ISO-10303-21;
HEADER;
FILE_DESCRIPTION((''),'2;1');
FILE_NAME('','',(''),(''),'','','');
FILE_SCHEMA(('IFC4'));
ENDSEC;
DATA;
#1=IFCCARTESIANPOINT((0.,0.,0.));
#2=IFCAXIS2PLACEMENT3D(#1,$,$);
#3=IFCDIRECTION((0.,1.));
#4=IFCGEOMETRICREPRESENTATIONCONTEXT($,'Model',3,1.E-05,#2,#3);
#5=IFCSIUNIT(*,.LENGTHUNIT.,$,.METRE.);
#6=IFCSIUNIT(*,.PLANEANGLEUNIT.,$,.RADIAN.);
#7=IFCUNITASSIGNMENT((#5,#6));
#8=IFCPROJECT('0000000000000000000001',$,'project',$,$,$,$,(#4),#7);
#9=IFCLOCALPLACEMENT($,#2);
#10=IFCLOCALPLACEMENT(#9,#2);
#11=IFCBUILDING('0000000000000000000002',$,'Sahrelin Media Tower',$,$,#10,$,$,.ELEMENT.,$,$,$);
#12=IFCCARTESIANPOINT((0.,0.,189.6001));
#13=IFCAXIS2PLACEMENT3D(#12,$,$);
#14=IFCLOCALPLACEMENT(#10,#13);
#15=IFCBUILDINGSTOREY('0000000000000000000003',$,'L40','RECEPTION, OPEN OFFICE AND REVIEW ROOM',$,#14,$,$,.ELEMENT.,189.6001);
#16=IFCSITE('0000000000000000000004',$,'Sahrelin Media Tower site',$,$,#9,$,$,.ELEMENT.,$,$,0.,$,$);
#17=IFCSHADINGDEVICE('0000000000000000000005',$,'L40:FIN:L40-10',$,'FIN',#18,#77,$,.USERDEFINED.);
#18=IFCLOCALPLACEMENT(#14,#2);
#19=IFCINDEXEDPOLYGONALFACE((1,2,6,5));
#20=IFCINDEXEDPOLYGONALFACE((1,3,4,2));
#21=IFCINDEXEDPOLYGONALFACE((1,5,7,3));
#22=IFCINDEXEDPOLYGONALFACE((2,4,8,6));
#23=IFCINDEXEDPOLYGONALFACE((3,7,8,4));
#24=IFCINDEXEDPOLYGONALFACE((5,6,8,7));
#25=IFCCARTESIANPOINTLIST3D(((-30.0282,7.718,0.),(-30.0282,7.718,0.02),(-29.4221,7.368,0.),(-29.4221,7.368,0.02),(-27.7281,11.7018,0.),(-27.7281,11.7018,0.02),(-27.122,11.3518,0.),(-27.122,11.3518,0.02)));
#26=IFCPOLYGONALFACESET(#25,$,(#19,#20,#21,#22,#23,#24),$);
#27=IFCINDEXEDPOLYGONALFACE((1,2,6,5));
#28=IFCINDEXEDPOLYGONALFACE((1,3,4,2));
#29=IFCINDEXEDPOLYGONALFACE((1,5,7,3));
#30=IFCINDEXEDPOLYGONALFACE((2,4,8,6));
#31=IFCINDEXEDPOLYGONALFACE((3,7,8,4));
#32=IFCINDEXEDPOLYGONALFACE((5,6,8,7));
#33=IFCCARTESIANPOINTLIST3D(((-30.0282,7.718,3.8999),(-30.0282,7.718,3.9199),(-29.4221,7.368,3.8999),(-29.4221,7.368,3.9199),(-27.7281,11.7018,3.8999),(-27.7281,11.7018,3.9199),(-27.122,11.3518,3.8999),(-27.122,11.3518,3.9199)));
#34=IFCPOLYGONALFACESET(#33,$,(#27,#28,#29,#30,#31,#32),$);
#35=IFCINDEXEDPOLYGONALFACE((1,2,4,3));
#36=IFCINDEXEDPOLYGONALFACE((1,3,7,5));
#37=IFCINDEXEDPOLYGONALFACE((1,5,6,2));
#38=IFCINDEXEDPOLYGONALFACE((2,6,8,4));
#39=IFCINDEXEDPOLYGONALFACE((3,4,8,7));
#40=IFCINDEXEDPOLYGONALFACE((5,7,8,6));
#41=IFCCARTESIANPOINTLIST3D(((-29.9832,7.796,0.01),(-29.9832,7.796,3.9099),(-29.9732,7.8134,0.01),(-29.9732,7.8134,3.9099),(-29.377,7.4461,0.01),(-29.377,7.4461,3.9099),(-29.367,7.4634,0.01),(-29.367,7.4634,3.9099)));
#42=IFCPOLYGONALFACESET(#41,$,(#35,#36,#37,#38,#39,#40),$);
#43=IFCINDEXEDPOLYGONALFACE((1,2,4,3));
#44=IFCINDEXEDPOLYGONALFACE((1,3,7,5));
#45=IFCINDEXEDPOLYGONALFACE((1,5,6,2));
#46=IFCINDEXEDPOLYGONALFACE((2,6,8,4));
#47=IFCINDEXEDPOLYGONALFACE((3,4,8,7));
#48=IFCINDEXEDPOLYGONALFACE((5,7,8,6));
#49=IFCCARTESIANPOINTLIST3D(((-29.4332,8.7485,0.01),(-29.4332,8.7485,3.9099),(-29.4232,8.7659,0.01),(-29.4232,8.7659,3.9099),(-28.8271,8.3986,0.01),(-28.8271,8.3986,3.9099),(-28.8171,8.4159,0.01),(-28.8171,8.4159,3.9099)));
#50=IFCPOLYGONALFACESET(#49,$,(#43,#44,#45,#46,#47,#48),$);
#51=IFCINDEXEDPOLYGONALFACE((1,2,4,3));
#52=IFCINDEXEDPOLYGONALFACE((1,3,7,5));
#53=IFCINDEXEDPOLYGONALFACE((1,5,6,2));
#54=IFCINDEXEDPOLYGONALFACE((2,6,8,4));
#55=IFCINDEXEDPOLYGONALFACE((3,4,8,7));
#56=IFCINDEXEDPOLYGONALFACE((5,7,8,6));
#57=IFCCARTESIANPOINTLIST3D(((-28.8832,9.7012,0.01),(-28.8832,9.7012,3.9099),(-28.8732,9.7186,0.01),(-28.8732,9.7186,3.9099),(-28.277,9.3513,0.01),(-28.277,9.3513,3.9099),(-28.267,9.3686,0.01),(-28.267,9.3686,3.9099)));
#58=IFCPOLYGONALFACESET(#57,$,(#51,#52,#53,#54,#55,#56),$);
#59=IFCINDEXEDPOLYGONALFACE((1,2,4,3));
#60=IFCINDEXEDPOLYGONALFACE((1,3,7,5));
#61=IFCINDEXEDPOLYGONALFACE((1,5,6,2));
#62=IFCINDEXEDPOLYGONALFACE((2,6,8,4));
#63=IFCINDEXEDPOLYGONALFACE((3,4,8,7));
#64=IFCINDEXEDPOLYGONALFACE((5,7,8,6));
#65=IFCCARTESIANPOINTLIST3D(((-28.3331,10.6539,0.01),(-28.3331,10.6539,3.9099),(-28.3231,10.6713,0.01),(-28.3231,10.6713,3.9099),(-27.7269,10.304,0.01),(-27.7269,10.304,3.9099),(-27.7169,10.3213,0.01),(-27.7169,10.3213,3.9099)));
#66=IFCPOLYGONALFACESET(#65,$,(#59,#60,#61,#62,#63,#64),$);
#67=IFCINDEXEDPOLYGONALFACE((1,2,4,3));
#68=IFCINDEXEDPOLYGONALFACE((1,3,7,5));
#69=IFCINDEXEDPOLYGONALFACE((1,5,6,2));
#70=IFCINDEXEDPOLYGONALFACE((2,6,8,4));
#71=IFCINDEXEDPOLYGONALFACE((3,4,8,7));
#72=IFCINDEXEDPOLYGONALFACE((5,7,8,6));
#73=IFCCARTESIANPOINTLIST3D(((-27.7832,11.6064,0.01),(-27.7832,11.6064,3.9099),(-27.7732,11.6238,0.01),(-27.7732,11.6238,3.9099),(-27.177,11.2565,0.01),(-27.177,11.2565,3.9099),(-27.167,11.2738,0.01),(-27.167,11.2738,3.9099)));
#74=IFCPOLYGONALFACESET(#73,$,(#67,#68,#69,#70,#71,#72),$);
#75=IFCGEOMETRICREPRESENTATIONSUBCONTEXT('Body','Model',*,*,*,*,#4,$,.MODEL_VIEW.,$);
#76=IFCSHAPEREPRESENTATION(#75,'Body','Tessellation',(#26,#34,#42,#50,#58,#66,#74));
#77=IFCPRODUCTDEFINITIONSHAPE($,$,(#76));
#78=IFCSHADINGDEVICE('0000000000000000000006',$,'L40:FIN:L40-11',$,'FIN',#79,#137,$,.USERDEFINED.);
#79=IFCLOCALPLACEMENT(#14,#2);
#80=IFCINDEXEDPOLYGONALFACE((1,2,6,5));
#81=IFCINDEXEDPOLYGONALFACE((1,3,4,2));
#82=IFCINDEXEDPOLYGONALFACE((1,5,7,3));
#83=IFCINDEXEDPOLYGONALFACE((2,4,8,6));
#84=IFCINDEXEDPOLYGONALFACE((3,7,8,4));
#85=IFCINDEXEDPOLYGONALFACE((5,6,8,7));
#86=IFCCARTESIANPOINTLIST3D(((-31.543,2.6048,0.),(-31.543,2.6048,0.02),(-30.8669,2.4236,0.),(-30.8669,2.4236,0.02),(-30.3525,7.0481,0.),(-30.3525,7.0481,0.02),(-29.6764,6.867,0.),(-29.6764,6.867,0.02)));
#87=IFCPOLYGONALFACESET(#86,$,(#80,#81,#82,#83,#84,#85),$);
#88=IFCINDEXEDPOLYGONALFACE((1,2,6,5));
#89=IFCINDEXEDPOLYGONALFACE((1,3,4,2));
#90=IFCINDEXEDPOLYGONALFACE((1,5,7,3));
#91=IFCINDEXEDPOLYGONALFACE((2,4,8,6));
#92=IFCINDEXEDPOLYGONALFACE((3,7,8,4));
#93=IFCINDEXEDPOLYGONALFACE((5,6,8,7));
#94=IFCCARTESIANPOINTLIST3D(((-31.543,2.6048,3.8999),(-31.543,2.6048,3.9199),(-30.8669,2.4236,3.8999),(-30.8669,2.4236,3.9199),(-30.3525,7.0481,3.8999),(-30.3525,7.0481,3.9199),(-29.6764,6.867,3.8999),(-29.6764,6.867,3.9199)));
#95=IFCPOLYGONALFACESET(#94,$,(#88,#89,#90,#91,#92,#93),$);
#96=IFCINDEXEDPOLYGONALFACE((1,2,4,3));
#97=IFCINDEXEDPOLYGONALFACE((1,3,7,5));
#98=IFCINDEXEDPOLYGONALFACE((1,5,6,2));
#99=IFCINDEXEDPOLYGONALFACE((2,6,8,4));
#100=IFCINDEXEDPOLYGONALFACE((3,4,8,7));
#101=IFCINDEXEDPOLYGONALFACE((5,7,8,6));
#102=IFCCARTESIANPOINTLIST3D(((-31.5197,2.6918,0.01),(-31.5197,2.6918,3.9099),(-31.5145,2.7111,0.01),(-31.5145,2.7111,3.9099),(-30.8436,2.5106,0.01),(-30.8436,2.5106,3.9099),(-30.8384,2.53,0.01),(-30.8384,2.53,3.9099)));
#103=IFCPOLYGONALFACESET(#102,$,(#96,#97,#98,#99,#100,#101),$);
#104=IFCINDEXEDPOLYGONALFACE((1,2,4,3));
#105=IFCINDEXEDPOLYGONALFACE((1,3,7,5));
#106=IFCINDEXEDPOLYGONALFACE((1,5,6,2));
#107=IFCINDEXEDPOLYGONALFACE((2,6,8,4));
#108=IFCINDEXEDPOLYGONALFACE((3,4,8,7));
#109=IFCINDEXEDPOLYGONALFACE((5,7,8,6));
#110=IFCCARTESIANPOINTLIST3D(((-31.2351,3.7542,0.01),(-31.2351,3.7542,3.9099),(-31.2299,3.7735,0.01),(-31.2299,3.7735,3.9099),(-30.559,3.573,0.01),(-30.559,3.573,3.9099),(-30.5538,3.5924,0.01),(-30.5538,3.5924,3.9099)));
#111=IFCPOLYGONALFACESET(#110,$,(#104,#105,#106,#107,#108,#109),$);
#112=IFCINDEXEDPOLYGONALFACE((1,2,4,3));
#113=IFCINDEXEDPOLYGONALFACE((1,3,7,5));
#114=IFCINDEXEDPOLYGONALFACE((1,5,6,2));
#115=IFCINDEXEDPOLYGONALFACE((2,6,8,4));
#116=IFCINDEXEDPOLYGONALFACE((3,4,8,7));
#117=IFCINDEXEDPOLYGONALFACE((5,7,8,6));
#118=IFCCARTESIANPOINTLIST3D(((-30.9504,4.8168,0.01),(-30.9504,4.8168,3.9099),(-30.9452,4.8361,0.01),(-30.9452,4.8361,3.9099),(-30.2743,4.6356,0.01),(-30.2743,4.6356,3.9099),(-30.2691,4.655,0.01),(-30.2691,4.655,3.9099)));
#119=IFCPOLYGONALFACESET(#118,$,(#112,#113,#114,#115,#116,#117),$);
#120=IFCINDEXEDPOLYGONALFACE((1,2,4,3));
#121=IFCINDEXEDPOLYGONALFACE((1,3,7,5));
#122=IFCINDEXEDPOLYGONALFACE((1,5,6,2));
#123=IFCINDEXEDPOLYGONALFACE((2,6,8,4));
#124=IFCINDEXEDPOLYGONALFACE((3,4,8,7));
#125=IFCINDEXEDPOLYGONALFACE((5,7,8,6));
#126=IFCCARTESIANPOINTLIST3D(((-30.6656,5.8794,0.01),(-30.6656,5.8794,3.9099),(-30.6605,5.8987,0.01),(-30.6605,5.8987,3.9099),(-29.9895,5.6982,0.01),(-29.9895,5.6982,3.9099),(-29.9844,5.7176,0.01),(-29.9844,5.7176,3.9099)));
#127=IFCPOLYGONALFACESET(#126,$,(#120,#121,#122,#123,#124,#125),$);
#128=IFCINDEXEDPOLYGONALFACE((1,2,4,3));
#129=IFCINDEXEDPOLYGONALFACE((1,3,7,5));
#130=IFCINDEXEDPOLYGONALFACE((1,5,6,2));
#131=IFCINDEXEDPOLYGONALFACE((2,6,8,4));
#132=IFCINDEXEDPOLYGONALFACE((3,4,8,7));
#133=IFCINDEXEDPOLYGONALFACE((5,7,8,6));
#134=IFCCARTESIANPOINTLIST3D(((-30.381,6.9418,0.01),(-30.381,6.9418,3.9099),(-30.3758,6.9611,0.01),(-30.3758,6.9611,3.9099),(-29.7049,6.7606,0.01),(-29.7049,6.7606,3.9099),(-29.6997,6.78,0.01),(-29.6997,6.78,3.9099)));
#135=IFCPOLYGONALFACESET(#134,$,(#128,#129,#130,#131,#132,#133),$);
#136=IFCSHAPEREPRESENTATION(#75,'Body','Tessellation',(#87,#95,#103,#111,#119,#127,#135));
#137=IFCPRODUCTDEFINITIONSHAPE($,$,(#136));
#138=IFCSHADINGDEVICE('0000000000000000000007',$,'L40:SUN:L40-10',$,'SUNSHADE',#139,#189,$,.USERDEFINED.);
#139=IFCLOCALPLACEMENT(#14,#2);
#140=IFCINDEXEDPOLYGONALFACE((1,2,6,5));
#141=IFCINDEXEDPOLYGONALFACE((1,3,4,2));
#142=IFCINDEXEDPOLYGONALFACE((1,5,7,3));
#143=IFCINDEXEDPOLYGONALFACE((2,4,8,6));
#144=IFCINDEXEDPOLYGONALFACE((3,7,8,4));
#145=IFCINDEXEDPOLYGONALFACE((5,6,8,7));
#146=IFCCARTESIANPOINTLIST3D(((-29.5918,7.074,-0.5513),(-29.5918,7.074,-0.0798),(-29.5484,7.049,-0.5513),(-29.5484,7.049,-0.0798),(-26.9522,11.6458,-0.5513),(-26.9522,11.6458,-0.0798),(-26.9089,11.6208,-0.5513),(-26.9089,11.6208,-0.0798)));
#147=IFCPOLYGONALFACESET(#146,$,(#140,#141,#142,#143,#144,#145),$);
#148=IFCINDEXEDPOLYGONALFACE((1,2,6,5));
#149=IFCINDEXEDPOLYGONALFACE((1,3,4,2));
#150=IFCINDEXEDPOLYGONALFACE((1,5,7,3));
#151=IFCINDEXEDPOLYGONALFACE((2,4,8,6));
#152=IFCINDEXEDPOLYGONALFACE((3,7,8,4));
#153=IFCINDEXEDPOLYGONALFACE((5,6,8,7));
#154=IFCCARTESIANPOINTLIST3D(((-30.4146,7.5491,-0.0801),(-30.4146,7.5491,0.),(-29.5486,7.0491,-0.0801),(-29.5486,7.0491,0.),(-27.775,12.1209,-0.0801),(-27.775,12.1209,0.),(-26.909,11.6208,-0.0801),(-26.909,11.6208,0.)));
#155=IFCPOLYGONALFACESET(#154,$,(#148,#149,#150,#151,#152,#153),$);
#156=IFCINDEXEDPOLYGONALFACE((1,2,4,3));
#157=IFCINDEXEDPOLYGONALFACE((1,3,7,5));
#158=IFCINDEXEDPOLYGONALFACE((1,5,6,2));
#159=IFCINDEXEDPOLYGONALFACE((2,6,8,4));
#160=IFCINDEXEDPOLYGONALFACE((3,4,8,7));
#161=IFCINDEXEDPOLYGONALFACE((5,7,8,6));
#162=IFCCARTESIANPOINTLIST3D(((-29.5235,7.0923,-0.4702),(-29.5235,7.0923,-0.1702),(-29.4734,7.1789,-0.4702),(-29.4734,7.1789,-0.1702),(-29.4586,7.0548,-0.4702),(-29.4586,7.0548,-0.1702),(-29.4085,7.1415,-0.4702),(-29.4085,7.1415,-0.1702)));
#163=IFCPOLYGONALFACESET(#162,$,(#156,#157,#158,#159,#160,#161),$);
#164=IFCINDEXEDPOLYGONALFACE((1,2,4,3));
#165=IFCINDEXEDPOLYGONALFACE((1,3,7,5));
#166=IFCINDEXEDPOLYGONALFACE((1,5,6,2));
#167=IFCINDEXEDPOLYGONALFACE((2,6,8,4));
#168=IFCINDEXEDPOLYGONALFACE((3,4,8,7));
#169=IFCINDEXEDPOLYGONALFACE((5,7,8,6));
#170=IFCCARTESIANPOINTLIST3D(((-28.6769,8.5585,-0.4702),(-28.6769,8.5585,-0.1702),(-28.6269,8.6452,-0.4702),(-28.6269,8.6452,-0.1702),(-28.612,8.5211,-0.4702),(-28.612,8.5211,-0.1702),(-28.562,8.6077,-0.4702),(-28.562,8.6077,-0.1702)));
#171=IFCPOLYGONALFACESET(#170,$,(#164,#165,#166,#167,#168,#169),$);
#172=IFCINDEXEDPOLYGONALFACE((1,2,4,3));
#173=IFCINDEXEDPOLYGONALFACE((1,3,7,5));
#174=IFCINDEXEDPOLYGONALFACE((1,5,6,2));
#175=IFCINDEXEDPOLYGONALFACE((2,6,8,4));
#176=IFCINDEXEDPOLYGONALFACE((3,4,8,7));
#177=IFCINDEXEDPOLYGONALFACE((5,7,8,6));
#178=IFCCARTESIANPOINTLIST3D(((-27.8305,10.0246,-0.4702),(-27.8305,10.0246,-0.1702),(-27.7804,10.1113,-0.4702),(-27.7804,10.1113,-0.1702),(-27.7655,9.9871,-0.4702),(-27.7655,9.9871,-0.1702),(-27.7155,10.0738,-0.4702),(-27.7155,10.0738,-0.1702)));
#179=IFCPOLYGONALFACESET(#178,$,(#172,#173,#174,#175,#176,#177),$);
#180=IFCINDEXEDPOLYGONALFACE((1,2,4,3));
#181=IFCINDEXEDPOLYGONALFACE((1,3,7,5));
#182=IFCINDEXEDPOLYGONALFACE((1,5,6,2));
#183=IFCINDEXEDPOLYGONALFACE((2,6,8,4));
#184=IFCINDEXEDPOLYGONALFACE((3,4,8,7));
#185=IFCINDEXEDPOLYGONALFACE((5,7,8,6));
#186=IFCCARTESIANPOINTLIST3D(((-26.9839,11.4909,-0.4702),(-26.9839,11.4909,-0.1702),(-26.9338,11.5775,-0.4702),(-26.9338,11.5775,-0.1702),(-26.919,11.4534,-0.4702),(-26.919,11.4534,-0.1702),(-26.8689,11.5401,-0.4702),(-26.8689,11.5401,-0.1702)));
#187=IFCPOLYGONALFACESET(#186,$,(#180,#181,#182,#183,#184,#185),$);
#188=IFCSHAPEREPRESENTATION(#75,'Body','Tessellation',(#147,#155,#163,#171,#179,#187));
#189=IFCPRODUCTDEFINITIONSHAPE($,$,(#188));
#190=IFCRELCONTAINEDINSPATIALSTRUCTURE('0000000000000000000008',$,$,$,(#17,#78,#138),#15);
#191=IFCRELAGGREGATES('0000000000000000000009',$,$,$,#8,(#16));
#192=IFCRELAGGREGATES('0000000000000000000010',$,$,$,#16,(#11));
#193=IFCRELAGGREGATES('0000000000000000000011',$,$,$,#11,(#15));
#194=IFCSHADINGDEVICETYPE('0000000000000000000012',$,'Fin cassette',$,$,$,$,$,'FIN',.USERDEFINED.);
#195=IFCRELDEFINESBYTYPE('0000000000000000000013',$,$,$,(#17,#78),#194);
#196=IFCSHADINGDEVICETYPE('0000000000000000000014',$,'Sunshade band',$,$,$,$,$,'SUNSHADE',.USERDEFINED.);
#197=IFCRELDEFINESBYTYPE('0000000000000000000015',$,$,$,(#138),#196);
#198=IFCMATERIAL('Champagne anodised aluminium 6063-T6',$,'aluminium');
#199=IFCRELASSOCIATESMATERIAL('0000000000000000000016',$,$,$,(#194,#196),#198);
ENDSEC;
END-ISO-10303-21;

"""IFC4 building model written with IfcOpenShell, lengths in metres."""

from ifc_helpers import new_model, si_unit, direction, frame, origin, origin_2d, place, context, subcontext, project, spatial, rectangle, extrude, material, type_object, element, save


model = new_model("IFC4")

# Units and contexts
model_context = context("Model", 3, precision=1e-05, world=origin(), true_north=direction((0.0, 1.0)))
body_context = subcontext(model_context, "Body", "Model", "MODEL_VIEW")
ifc_project = project(units=[si_unit("LENGTHUNIT", "METRE"), si_unit("PLANEANGLEUNIT", "RADIAN")], contexts=[model_context])

# Site, building, storey
site_placement = place(None, origin())
site = spatial("IfcSite", under=ifc_project, at=site_placement, Name="Sahrelin Media Tower site", CompositionType="ELEMENT", RefElevation=0.0)
building_placement = place(site_placement, origin())
building = spatial("IfcBuilding", under=site, at=building_placement, Name="Sahrelin Media Tower", CompositionType="ELEMENT")
storey_placement = place(building_placement, frame((0.0, 0.0, 189.6001)))
storey = spatial("IfcBuildingStorey", under=building, at=storey_placement, Name="L40", Description="RECEPTION, OPEN OFFICE AND REVIEW ROOM", CompositionType="ELEMENT", Elevation=189.6001)

# Shared definitions
ifc_material_1 = material(Name="Champagne anodised aluminium 6063-T6", Category="aluminium")

# Shading devices
shading_device_type_1 = type_object("IfcShadingDeviceType", Name="Fin cassette", ElementType="FIN", PredefinedType="USERDEFINED", material=ifc_material_1)
placement_1 = place(storey_placement, frame((-28.2114, 9.325, 0.0), z_axis=(0.0, 0.0, 1.0), x_axis=(0.500011, 0.866019, 0.0)))
element("IfcShadingDevice", 1, at=placement_1, inside=storey, type_object=shading_device_type_1, Name="L40:FIN:L40-10", ObjectType="FIN", PredefinedType="USERDEFINED", context=body_context, shape_type="SweptSolid", body=[
    extrude(rectangle(XDim=4.6001, YDim=0.7, at=origin_2d()), frame((0.0, 0.4199, 0.0)), (0.0, 0.0, 1.0), 0.02),
    extrude(rectangle(XDim=4.6001, YDim=0.7, at=origin_2d()), frame((0.0, 0.4199, 3.8999)), (0.0, 0.0, 1.0), 0.02),
    extrude(rectangle(XDim=0.02, YDim=0.7, at=origin_2d()), frame((-2.2, 0.4199, 0.01), z_axis=(0.0, 0.0, 1.0), x_axis=(1.0, 0.0, 0.0)), (0.0, 0.0, 1.0), 3.8999),
    extrude(rectangle(XDim=0.02, YDim=0.7, at=origin_2d()), frame((-1.1001, 0.4199, 0.01), z_axis=(0.0, 0.0, 1.0), x_axis=(1.0, 0.0, 0.0)), (0.0, 0.0, 1.0), 3.8999),
    extrude(rectangle(XDim=0.02, YDim=0.7, at=origin_2d()), frame((0.0, 0.4199, 0.01), z_axis=(0.0, 0.0, 1.0), x_axis=(1.0, 0.0, 0.0)), (0.0, 0.0, 1.0), 3.8999),
    extrude(rectangle(XDim=0.02, YDim=0.7, at=origin_2d()), frame((1.1001, 0.4199, 0.01), z_axis=(0.0, 0.0, 1.0), x_axis=(1.0, 0.0, 0.0)), (0.0, 0.0, 1.0), 3.8999),
    extrude(rectangle(XDim=0.02, YDim=0.7, at=origin_2d()), frame((2.2, 0.4199, 0.01), z_axis=(0.0, 0.0, 1.0), x_axis=(1.0, 0.0, 0.0)), (0.0, 0.0, 1.0), 3.8999),
])
placement_2 = place(storey_placement, frame((-30.2041, 4.6272, 0.0), z_axis=(0.0, 0.0, 1.0), x_axis=(0.258808, 0.965929, 0.0)))
element("IfcShadingDevice", 2, at=placement_2, inside=storey, type_object=shading_device_type_1, Name="L40:FIN:L40-11", ObjectType="FIN", PredefinedType="USERDEFINED", context=body_context, shape_type="SweptSolid", body=[
    extrude(rectangle(XDim=4.6001, YDim=0.7, at=origin_2d()), frame((0.0, 0.4199, 0.0)), (0.0, 0.0, 1.0), 0.02),
    extrude(rectangle(XDim=4.6001, YDim=0.7, at=origin_2d()), frame((0.0, 0.4199, 3.8999)), (0.0, 0.0, 1.0), 0.02),
    extrude(rectangle(XDim=0.02, YDim=0.7, at=origin_2d()), frame((-2.2, 0.4199, 0.01), z_axis=(0.0, 0.0, 1.0), x_axis=(1.0, 0.0, 0.0)), (0.0, 0.0, 1.0), 3.8999),
    extrude(rectangle(XDim=0.02, YDim=0.7, at=origin_2d()), frame((-1.1001, 0.4199, 0.01), z_axis=(0.0, 0.0, 1.0), x_axis=(1.0, 0.0, 0.0)), (0.0, 0.0, 1.0), 3.8999),
    extrude(rectangle(XDim=0.02, YDim=0.7, at=origin_2d()), frame((0.0, 0.4199, 0.01), z_axis=(0.0, 0.0, 1.0), x_axis=(1.0, 0.0, 0.0)), (0.0, 0.0, 1.0), 3.8999),
    extrude(rectangle(XDim=0.02, YDim=0.7, at=origin_2d()), frame((1.1001, 0.4199, 0.01), z_axis=(0.0, 0.0, 1.0), x_axis=(1.0, 0.0, 0.0)), (0.0, 0.0, 1.0), 3.8999),
    extrude(rectangle(XDim=0.02, YDim=0.7, at=origin_2d()), frame((2.2, 0.4199, 0.01), z_axis=(0.0, 0.0, 1.0), x_axis=(1.0, 0.0, 0.0)), (0.0, 0.0, 1.0), 3.8999),
])
shading_device_type_2 = type_object("IfcShadingDeviceType", Name="Sunshade band", ElementType="SUNSHADE", PredefinedType="USERDEFINED", material=ifc_material_1)
element("IfcShadingDevice", 3, at=placement_1, inside=storey, type_object=shading_device_type_2, Name="L40:SUN:L40-10", ObjectType="SUNSHADE", PredefinedType="USERDEFINED", context=body_context, shape_type="SweptSolid", body=[
    extrude(rectangle(XDim=5.2791, YDim=0.05, at=origin_2d()), frame((0.0, 0.0449, -0.5513)), (0.0, 0.0, 1.0), 0.4714),
    extrude(rectangle(XDim=5.2791, YDim=1.0, at=origin_2d()), frame((0.0, 0.52, -0.0801)), (0.0, 0.0, 1.0), 0.0801),
    extrude(rectangle(XDim=0.1001, YDim=0.075, at=origin_2d()), frame((-2.5396, -0.0176, -0.4702)), (0.0, 0.0, 1.0), 0.3),
    extrude(rectangle(XDim=0.1001, YDim=0.075, at=origin_2d()), frame((-0.8464, -0.0176, -0.4702)), (0.0, 0.0, 1.0), 0.3),
    extrude(rectangle(XDim=0.1001, YDim=0.075, at=origin_2d()), frame((0.8464, -0.0176, -0.4702)), (0.0, 0.0, 1.0), 0.3),
    extrude(rectangle(XDim=0.1001, YDim=0.075, at=origin_2d()), frame((2.5396, -0.0176, -0.4702)), (0.0, 0.0, 1.0), 0.3),
])

save(model, "model.ifc")
